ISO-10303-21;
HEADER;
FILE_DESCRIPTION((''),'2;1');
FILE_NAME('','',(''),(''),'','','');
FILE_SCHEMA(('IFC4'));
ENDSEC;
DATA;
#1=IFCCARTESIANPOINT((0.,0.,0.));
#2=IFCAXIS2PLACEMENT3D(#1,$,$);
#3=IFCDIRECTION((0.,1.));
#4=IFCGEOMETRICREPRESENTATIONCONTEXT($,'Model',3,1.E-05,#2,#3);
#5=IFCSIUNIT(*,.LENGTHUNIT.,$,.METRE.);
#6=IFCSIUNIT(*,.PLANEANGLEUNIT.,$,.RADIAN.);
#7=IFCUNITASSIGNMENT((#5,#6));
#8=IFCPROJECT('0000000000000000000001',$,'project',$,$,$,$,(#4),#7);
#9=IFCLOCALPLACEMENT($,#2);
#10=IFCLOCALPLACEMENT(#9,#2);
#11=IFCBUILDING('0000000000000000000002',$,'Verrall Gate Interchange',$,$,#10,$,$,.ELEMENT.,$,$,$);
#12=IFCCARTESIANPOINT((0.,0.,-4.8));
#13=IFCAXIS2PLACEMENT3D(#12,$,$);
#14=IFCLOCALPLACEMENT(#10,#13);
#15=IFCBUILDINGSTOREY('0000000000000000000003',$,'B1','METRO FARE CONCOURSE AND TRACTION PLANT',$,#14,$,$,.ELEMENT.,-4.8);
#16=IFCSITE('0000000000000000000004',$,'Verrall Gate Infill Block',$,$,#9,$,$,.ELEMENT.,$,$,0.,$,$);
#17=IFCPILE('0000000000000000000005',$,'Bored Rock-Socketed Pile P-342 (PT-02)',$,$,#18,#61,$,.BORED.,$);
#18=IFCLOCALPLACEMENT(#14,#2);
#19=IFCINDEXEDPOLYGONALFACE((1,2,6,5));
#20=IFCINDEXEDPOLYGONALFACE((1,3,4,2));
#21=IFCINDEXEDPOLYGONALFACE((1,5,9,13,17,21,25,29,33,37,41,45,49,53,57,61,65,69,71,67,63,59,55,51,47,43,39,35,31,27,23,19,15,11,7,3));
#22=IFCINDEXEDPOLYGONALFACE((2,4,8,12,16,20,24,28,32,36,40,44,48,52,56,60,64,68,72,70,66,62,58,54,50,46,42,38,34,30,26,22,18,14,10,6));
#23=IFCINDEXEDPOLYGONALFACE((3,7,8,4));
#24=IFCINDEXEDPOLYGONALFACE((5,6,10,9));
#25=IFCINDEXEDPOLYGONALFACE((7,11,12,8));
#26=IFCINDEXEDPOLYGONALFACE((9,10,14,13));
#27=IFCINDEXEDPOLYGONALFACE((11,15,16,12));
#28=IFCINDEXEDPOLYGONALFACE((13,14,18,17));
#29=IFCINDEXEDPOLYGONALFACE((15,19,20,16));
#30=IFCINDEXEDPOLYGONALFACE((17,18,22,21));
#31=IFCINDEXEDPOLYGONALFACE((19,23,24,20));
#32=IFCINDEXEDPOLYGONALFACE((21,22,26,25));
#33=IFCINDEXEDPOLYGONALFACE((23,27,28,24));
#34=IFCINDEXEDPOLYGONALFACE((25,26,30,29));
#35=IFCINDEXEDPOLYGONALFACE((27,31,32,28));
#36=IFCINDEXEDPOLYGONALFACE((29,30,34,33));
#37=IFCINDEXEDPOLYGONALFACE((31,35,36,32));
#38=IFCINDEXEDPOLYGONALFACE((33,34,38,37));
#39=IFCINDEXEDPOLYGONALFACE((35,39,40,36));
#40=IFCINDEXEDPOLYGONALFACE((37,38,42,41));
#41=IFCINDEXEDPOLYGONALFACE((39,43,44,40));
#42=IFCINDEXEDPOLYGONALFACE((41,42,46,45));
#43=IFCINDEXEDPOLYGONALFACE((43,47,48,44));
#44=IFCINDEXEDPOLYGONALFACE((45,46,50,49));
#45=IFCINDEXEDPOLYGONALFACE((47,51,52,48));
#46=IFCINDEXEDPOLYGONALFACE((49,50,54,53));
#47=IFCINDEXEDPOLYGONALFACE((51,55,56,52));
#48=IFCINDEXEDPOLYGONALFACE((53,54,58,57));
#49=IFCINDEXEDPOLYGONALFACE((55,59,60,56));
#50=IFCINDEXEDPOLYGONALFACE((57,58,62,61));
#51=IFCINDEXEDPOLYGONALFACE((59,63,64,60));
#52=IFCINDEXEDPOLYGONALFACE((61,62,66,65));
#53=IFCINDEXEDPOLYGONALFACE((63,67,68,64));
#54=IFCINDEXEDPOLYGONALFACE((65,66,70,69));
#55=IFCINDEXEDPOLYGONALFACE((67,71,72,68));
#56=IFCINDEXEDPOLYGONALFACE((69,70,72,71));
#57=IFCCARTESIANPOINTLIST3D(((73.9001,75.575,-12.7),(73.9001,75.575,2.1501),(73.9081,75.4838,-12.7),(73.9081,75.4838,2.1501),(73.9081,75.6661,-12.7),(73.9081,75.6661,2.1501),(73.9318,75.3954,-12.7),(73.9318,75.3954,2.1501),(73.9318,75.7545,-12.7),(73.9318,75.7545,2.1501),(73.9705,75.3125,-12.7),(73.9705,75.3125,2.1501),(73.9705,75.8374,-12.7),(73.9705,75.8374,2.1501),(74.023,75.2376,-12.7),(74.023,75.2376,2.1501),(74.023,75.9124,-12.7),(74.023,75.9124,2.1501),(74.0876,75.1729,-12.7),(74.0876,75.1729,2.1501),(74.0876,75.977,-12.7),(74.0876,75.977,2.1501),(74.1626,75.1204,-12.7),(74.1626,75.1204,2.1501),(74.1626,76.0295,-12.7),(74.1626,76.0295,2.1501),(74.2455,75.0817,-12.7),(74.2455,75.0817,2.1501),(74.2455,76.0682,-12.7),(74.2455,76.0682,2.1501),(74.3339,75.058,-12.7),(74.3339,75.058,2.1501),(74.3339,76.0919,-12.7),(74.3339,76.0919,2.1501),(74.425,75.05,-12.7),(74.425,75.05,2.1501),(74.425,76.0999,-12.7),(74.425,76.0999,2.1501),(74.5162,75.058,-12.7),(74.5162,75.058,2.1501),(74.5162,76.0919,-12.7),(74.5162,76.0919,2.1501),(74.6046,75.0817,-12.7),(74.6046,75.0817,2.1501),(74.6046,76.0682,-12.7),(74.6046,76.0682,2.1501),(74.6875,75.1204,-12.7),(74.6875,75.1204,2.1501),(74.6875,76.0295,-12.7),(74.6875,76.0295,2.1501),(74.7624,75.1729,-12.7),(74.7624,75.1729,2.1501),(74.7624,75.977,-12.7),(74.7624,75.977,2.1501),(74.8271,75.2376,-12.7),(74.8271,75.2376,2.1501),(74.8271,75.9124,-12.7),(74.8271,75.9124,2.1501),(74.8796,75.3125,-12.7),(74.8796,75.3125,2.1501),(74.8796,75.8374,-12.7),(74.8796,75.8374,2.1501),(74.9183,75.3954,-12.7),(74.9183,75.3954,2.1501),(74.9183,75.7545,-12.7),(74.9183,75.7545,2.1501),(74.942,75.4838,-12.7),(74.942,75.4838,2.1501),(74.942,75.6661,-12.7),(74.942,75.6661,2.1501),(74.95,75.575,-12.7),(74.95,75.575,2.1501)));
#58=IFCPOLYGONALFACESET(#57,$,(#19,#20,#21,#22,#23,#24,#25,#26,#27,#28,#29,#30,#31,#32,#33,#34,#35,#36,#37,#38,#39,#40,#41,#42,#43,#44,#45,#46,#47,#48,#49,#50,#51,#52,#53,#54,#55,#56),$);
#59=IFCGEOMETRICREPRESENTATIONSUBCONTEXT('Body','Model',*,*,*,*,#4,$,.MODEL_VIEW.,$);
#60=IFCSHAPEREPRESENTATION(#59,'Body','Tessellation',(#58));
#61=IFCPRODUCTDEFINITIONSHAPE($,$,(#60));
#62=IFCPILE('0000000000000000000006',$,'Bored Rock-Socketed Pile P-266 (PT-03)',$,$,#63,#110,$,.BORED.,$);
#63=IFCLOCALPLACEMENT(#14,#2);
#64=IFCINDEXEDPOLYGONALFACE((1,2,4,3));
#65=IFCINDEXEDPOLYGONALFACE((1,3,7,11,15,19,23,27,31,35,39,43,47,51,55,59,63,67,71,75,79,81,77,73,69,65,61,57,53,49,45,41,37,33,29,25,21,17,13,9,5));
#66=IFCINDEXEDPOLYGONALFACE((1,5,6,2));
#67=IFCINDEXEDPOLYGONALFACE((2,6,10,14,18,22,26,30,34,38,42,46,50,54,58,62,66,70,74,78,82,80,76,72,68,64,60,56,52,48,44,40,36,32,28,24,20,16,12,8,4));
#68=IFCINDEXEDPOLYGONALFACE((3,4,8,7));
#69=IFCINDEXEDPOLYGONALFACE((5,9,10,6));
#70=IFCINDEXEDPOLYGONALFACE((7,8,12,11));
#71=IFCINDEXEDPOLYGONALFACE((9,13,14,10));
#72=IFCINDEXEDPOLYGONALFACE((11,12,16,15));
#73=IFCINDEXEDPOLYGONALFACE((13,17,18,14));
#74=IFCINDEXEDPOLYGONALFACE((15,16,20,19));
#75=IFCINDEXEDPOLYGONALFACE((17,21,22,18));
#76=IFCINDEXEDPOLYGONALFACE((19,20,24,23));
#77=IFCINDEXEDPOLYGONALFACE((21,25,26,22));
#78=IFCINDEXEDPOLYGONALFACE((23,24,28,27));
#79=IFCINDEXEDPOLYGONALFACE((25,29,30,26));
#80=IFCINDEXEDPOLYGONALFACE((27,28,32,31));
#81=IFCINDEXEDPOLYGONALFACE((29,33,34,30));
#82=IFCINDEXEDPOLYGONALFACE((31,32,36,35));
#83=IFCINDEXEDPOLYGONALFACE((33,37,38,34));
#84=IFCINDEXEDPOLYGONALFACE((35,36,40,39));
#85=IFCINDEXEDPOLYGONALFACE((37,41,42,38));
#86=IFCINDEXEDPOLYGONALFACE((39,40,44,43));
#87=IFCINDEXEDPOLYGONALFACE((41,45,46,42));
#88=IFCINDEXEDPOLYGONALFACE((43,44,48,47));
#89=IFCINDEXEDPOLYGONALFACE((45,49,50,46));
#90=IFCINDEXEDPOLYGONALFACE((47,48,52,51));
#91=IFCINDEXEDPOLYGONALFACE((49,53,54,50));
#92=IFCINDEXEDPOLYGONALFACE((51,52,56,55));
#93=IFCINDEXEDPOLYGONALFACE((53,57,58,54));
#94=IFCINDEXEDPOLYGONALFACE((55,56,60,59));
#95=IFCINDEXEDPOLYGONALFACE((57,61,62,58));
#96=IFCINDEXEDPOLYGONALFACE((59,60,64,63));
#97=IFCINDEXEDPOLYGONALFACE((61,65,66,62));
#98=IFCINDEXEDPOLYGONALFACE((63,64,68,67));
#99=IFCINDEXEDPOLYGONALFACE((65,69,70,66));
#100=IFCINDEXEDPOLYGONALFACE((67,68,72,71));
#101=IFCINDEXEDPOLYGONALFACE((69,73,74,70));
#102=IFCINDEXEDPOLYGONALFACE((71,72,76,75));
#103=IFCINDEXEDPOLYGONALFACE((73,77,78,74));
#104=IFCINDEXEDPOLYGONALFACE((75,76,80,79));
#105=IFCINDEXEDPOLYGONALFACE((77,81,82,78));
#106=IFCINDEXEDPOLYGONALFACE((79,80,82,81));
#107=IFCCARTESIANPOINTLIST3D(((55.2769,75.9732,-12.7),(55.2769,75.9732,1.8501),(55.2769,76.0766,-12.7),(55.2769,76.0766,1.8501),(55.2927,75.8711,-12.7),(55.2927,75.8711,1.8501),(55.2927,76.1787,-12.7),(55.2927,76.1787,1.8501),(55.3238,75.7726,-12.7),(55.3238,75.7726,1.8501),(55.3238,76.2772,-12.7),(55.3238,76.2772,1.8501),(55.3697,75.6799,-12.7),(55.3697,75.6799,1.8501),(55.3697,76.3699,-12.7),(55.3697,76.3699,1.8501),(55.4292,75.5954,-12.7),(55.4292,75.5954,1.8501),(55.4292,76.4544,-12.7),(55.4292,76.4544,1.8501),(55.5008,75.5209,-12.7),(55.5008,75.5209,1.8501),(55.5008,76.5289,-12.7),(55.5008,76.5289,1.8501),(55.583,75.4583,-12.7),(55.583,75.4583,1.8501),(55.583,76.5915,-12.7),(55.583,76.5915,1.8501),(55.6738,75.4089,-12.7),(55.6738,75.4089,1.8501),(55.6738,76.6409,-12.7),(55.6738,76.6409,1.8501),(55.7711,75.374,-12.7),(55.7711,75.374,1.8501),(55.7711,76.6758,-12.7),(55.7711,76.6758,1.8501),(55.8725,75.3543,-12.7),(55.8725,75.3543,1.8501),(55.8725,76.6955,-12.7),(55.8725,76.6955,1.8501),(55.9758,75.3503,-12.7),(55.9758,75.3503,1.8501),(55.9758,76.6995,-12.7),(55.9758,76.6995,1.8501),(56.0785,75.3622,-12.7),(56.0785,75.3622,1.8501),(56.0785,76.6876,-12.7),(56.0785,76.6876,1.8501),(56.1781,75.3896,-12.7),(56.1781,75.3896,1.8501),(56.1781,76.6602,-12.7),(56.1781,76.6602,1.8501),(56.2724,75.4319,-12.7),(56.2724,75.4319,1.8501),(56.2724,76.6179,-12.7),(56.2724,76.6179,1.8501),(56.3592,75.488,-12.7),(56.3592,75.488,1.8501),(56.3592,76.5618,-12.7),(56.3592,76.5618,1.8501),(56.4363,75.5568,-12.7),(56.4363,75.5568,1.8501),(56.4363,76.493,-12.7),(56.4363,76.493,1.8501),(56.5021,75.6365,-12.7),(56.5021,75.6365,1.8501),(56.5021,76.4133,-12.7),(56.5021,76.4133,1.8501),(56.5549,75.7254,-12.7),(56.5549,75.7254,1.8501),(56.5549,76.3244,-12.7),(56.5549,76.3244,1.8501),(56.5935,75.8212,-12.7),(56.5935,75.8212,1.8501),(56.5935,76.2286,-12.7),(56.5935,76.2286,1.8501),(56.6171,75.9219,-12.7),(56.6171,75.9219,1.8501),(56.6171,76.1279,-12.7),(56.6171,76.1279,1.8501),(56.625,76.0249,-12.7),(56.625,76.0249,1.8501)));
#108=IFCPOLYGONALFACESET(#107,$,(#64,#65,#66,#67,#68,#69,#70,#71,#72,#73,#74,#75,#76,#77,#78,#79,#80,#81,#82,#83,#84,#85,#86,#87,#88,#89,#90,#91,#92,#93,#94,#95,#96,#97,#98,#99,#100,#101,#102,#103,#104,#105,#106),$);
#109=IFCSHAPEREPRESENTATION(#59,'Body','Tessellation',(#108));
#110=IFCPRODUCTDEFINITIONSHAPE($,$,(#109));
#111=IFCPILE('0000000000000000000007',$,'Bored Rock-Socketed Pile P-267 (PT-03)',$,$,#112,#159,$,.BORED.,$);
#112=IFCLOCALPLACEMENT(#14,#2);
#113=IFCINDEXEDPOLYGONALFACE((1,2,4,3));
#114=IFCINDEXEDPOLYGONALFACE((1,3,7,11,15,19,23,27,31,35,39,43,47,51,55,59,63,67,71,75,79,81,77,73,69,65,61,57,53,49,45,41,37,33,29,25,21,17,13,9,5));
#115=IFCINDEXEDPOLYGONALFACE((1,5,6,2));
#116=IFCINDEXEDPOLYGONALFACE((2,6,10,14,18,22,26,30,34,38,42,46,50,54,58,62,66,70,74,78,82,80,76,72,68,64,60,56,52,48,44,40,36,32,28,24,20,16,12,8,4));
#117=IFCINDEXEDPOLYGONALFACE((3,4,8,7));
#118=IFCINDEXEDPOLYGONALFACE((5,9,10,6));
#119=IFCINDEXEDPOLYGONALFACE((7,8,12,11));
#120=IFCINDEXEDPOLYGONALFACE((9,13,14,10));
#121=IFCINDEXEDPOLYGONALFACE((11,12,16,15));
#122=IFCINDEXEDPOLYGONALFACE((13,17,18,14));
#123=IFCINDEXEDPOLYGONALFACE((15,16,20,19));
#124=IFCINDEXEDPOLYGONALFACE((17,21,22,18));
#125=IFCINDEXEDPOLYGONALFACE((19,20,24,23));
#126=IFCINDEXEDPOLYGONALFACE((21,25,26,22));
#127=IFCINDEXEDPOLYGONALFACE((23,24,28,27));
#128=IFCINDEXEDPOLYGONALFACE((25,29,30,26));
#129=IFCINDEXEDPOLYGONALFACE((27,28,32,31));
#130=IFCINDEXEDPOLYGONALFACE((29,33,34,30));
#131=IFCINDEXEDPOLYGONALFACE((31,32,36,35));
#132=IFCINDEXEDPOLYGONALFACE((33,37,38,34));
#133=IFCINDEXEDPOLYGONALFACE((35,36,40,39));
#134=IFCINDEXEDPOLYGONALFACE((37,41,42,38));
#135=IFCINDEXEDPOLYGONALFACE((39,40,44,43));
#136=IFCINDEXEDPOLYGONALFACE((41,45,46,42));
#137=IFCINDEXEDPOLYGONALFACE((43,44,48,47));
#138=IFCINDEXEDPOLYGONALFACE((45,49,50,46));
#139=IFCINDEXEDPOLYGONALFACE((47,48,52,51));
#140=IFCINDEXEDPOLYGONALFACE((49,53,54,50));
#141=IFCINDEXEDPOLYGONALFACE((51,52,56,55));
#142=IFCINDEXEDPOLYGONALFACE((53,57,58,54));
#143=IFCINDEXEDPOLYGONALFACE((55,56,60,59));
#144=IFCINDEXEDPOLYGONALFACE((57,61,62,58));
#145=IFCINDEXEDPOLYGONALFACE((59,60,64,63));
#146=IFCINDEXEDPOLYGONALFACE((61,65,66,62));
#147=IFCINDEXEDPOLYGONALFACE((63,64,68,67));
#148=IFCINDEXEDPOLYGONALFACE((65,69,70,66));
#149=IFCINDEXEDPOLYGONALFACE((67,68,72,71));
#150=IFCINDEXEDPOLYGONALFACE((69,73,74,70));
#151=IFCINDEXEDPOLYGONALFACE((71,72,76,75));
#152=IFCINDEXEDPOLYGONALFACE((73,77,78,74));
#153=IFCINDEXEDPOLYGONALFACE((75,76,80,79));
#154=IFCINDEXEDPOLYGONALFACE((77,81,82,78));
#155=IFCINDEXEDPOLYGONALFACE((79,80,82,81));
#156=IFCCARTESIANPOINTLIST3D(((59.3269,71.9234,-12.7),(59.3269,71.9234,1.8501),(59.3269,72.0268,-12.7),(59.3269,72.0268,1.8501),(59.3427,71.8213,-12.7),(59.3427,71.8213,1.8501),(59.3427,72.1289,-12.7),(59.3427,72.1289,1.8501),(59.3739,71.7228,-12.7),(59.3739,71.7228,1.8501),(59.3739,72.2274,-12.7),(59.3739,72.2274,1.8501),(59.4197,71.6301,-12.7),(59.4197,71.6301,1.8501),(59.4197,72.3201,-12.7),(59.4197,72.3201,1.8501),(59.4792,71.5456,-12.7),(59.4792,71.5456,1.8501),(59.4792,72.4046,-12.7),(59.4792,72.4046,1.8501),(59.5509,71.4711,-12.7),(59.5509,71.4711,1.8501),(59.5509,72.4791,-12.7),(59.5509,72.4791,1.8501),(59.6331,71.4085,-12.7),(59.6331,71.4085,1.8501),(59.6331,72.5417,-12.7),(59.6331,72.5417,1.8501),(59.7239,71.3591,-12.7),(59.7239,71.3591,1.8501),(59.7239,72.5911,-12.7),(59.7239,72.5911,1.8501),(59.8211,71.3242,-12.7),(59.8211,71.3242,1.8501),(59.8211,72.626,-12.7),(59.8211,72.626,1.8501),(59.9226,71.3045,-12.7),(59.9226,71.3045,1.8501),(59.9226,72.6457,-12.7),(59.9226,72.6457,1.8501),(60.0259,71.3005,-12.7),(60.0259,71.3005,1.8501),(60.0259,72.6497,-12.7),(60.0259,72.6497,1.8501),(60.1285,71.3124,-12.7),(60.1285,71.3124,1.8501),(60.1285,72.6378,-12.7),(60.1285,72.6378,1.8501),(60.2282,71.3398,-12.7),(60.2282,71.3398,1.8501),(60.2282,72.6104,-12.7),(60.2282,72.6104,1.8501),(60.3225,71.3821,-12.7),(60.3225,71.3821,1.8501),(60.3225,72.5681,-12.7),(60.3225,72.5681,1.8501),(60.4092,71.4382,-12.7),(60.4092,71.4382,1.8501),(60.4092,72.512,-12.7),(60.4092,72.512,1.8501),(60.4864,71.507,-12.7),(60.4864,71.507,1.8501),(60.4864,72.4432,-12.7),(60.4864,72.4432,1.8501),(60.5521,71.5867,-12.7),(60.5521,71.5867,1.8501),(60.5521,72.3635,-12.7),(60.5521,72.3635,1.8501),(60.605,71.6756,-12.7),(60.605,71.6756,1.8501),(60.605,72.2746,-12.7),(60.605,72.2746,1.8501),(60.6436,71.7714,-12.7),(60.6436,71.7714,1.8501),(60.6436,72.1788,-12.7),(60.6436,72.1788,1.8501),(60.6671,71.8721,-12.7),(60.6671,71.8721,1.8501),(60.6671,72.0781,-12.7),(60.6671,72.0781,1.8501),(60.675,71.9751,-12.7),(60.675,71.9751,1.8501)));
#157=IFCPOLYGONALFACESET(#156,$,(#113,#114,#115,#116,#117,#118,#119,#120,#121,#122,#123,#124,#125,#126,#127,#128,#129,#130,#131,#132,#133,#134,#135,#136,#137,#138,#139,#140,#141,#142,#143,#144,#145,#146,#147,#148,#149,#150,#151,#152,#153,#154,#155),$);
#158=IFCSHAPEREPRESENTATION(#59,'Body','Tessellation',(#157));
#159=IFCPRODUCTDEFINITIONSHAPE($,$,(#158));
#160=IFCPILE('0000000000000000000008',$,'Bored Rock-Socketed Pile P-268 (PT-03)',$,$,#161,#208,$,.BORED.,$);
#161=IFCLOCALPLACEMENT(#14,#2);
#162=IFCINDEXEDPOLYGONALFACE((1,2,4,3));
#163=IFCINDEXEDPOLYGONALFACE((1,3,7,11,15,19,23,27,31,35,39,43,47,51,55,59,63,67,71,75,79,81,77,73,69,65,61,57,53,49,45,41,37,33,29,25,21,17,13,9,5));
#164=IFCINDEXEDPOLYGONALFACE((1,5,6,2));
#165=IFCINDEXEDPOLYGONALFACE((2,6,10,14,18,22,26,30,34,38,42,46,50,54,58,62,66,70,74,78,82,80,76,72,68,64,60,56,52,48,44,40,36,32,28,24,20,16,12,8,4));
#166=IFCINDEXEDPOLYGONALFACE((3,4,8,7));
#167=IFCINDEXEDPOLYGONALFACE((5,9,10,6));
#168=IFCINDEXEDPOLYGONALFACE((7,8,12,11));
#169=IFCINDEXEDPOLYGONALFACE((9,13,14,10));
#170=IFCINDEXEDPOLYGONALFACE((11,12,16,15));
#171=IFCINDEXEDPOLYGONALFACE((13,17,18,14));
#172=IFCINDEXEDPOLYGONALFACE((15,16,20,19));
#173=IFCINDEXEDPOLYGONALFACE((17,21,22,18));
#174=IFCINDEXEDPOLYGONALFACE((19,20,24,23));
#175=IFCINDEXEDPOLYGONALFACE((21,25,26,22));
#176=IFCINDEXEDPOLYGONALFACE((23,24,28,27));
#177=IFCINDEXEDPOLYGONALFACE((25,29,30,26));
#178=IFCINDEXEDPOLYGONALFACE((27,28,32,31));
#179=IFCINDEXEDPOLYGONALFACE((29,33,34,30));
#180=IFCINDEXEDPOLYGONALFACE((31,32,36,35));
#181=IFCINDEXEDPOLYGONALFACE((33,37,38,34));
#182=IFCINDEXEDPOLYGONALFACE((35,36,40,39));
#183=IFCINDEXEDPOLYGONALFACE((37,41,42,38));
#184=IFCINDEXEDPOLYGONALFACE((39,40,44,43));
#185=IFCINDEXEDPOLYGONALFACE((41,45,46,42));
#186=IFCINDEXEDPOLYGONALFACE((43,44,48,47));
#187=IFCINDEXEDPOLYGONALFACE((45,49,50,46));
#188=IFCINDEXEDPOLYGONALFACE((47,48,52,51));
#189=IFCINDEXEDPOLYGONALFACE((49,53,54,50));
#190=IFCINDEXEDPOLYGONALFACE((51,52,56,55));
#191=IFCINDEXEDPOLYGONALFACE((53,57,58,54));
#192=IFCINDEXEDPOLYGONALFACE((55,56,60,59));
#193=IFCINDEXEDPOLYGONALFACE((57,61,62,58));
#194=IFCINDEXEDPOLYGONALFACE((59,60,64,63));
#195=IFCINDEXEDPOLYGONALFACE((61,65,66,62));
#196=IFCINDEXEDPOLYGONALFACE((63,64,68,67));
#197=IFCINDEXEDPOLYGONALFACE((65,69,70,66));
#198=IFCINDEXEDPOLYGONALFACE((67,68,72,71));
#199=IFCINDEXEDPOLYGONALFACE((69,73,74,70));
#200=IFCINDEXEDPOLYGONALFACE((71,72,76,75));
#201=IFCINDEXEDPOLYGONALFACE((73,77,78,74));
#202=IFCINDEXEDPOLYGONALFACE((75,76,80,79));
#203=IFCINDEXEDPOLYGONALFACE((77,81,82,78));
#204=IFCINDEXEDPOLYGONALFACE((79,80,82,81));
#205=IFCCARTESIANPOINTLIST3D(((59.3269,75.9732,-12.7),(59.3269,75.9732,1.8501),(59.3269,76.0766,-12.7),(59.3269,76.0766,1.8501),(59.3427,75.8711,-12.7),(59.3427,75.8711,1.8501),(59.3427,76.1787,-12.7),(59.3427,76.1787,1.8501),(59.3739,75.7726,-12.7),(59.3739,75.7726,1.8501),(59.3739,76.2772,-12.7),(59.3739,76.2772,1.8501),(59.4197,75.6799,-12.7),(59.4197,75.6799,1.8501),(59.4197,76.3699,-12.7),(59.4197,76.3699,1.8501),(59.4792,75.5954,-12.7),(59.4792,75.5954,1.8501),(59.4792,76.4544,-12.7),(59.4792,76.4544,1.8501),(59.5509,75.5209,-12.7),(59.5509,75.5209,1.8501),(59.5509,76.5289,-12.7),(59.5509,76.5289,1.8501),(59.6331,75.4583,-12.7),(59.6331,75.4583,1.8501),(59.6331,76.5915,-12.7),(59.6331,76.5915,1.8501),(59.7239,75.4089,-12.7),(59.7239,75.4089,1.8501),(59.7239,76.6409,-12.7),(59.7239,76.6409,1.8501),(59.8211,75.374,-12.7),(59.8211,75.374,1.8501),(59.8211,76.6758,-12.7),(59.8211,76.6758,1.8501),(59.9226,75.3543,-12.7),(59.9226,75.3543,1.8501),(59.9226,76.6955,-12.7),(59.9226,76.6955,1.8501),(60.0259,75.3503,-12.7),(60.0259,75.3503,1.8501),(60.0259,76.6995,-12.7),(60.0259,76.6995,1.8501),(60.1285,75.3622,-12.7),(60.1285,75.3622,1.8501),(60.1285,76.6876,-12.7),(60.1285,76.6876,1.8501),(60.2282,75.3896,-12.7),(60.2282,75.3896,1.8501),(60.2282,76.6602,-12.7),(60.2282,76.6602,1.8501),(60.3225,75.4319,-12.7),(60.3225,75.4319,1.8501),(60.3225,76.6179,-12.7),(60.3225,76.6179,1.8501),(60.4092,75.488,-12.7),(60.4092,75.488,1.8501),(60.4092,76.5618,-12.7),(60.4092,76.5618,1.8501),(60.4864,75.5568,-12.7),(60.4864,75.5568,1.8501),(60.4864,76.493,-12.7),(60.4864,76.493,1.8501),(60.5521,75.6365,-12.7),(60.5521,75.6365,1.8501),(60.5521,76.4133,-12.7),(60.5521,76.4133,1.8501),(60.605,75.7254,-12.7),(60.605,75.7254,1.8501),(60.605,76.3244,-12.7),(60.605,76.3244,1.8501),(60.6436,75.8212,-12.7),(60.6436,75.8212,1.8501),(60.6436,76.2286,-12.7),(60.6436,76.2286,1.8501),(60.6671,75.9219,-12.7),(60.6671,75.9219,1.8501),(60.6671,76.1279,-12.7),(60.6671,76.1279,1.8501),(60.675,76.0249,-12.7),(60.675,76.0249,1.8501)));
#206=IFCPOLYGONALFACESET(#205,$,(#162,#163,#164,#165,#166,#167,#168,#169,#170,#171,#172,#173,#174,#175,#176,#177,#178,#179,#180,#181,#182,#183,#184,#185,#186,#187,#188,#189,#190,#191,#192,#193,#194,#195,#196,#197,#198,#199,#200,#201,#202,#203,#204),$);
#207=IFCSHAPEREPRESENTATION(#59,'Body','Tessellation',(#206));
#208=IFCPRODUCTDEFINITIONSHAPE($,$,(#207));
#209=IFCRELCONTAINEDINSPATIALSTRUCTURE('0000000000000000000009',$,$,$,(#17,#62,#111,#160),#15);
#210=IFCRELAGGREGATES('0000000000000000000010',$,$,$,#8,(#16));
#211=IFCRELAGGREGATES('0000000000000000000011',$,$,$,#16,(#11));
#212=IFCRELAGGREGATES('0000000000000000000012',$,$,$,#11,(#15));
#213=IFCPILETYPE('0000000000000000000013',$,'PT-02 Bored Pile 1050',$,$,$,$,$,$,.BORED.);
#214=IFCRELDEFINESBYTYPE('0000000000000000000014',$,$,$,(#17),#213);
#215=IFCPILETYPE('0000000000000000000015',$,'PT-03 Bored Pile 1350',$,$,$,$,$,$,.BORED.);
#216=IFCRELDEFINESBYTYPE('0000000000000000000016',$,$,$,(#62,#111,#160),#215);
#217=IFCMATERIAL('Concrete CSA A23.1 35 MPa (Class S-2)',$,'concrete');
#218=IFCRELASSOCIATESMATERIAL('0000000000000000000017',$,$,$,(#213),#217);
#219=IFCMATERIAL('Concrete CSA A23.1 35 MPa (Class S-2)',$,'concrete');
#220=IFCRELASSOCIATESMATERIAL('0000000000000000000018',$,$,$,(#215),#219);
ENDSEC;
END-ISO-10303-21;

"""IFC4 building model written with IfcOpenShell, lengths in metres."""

from ifc_helpers import new_model, si_unit, direction, frame, origin, origin_2d, place, context, subcontext, project, spatial, circle, extrude, material, material_profile, profile_set, type_object, element, save


model = new_model("IFC4")

# Units and contexts
model_context = context("Model", 3, precision=1e-05, world=origin(), true_north=direction((0.0, 1.0)))
body_context = subcontext(model_context, "Body", "Model", "MODEL_VIEW")
ifc_project = project(units=[si_unit("LENGTHUNIT", "METRE"), si_unit("PLANEANGLEUNIT", "RADIAN")], contexts=[model_context])

# Site, building, storey
site_placement = place(None, origin())
site = spatial("IfcSite", under=ifc_project, at=site_placement, Name="Verrall Gate Infill Block", CompositionType="ELEMENT", RefElevation=0.0)
building_placement = place(site_placement, origin())
building = spatial("IfcBuilding", under=site, at=building_placement, Name="Verrall Gate Interchange", CompositionType="ELEMENT")
storey_placement = place(building_placement, frame((0.0, 0.0, -4.8)))
storey = spatial("IfcBuildingStorey", under=building, at=storey_placement, Name="B1", Description="METRO FARE CONCOURSE AND TRACTION PLANT", CompositionType="ELEMENT", Elevation=-4.8)

# Piles
ifc_material_1 = material(Name="Concrete CSA A23.1 35 MPa (Class S-2)", Category="concrete")
ifc_material_profile_1 = material_profile(ifc_material_1, circle(Radius=0.5249, at=origin_2d()), Name="PILE1050D")
ifc_profile_set_1 = profile_set([ifc_material_profile_1], Name="Concrete CSA A23.1 35 MPa (Class S-2)")
pile_type_1 = type_object("IfcPileType", Name="PT-02 Bored Pile 1050", PredefinedType="BORED", material=ifc_profile_set_1)
for number, where, z_axis, x_axis, name in (
    (1, (74.425, 75.575, 2.1501), (0.0, 0.0, -1.0), (1.0, 0.0, 0.0), "Bored Rock-Socketed Pile P-342 (PT-02)"),
):
    element("IfcPile", number, at=place(storey_placement, frame(where, z_axis=z_axis, x_axis=x_axis)), inside=storey, type_object=pile_type_1, Name=name, PredefinedType="BORED", context=body_context, shape_type="SweptSolid", body=[
        extrude(circle(Radius=0.5249, at=origin_2d()), origin(), (0.0, 0.0, 1.0), 14.8501),
    ])
ifc_material_2 = material(Name="Concrete CSA A23.1 35 MPa (Class S-2)", Category="concrete")
ifc_material_profile_2 = material_profile(ifc_material_2, circle(Radius=0.675, at=origin_2d()), Name="PILE1350D")
ifc_profile_set_2 = profile_set([ifc_material_profile_2], Name="Concrete CSA A23.1 35 MPa (Class S-2)")
pile_type_2 = type_object("IfcPileType", Name="PT-03 Bored Pile 1350", PredefinedType="BORED", material=ifc_profile_set_2)
for number, where, z_axis, x_axis, name in (
    (2, (55.95, 76.0249, 1.8501), (0.0, 0.0, -1.0), (1.0, 0.0, 0.0), "Bored Rock-Socketed Pile P-266 (PT-03)"),
    (3, (60.0, 71.9751, 1.8501), (0.0, 0.0, -1.0), (1.0, 0.0, 0.0), "Bored Rock-Socketed Pile P-267 (PT-03)"),
    (4, (60.0, 76.0249, 1.8501), (0.0, 0.0, -1.0), (1.0, 0.0, 0.0), "Bored Rock-Socketed Pile P-268 (PT-03)"),
):
    element("IfcPile", number, at=place(storey_placement, frame(where, z_axis=z_axis, x_axis=x_axis)), inside=storey, type_object=pile_type_2, Name=name, PredefinedType="BORED", context=body_context, shape_type="SweptSolid", body=[
        extrude(circle(Radius=0.675, at=origin_2d()), origin(), (0.0, 0.0, 1.0), 14.55),
    ])

save(model, "model.ifc")
